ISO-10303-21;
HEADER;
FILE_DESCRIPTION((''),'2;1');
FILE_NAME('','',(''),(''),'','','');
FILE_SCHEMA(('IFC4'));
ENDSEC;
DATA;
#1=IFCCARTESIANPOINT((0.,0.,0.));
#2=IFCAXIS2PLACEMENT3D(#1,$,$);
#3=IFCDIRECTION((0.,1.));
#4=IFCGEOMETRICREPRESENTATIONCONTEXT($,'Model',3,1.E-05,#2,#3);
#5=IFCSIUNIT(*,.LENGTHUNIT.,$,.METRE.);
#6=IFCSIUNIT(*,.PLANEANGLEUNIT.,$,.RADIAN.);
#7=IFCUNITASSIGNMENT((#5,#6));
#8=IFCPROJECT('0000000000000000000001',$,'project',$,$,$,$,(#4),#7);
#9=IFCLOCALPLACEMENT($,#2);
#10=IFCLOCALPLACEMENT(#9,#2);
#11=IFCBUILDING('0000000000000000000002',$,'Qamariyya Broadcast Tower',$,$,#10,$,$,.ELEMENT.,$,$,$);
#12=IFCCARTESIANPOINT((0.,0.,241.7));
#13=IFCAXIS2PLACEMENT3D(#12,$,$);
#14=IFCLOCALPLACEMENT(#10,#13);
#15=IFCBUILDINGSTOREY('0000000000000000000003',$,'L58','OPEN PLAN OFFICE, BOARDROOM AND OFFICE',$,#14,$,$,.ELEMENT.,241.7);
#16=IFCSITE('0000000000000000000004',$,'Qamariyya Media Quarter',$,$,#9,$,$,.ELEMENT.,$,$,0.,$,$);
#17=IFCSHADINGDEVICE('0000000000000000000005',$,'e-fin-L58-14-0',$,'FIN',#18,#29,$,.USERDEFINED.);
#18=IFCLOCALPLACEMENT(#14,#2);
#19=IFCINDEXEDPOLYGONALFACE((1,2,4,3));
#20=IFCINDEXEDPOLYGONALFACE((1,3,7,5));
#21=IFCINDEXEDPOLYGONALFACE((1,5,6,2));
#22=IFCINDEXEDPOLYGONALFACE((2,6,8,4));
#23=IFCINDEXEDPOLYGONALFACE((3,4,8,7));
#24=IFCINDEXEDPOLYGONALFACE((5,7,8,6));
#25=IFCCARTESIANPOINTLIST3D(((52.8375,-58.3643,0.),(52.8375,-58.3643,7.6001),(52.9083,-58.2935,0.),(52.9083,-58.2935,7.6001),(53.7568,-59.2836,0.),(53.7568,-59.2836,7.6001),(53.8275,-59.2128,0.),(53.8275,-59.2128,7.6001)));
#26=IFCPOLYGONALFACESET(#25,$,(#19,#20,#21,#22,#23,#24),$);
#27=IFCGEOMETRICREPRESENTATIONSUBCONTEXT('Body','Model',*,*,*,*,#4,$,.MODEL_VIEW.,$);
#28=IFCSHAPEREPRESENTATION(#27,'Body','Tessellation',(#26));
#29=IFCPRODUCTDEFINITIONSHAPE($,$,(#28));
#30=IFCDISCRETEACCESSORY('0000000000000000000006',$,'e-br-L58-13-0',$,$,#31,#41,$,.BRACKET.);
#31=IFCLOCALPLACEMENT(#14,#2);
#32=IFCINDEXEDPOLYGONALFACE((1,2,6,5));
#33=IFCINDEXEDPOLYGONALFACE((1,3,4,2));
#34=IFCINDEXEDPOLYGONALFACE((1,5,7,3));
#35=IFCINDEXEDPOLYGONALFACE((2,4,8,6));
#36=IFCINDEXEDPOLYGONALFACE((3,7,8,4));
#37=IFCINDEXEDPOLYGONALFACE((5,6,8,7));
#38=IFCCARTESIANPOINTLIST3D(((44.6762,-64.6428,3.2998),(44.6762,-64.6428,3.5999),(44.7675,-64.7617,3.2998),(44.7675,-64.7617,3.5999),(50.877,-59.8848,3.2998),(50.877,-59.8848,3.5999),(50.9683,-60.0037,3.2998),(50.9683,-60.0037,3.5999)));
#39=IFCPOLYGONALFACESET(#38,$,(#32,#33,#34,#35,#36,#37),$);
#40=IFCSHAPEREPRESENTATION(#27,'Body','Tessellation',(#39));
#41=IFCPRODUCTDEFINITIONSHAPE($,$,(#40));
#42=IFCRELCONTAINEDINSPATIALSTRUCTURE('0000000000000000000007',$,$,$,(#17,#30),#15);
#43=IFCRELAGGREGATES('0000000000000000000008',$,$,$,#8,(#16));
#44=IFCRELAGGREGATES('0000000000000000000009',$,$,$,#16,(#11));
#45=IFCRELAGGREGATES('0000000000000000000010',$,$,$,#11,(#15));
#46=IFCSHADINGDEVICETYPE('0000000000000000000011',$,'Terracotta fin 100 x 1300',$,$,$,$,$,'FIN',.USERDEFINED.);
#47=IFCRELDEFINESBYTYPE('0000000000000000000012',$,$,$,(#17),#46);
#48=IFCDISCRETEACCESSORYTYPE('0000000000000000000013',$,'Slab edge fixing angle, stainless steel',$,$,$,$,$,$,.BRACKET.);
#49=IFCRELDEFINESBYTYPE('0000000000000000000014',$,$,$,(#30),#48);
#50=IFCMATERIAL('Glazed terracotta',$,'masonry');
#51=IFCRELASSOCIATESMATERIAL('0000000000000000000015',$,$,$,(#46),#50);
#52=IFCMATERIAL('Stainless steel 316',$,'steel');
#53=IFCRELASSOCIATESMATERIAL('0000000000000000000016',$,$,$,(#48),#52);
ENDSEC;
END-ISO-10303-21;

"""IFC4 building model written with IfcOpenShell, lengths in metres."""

from ifc_helpers import new_model, si_unit, direction, frame, origin, origin_2d, place, context, subcontext, project, spatial, rectangle, extrude, material, material_profile, profile_set, type_object, element, save


model = new_model("IFC4")

# Units and contexts
model_context = context("Model", 3, precision=1e-05, world=origin(), true_north=direction((0.0, 1.0)))
body_context = subcontext(model_context, "Body", "Model", "MODEL_VIEW")
ifc_project = project(units=[si_unit("LENGTHUNIT", "METRE"), si_unit("PLANEANGLEUNIT", "RADIAN")], contexts=[model_context])

# Site, building, storey
site_placement = place(None, origin())
site = spatial("IfcSite", under=ifc_project, at=site_placement, Name="Qamariyya Media Quarter", CompositionType="ELEMENT", RefElevation=0.0)
building_placement = place(site_placement, origin())
building = spatial("IfcBuilding", under=site, at=building_placement, Name="Qamariyya Broadcast Tower", CompositionType="ELEMENT")
storey_placement = place(building_placement, frame((0.0, 0.0, 241.7)))
storey = spatial("IfcBuildingStorey", under=building, at=storey_placement, Name="L58", Description="OPEN PLAN OFFICE, BOARDROOM AND OFFICE", CompositionType="ELEMENT", Elevation=241.7)

# Shading device
ifc_material_1 = material(Name="Glazed terracotta", Category="masonry")
ifc_material_profile_1 = material_profile(ifc_material_1, rectangle(XDim=1.3, YDim=0.1001, at=origin_2d()))
ifc_profile_set_1 = profile_set([ifc_material_profile_1], Name="Glazed terracotta")
shading_device_type_1 = type_object("IfcShadingDeviceType", Name="Terracotta fin 100 x 1300", ElementType="FIN", PredefinedType="USERDEFINED", material=ifc_profile_set_1)
for number, where, z_axis, x_axis, name in (
    (1, (53.3325, -58.7886, 0.0), (0.0, 0.0, 1.0), (0.707107, -0.707107, 0.0), "e-fin-L58-14-0"),
):
    element("IfcShadingDevice", number, at=place(storey_placement, frame(where, z_axis=z_axis, x_axis=x_axis)), inside=storey, type_object=shading_device_type_1, Name=name, ObjectType="FIN", PredefinedType="USERDEFINED", context=body_context, shape_type="SweptSolid", body=[
        extrude(rectangle(XDim=1.3, YDim=0.1001, at=origin_2d()), origin(), (0.0, 0.0, 1.0), 7.6001),
    ])

# Discrete accessory
ifc_material_2 = material(Name="Stainless steel 316", Category="steel")
discrete_accessory_type = type_object("IfcDiscreteAccessoryType", Name="Slab edge fixing angle, stainless steel", PredefinedType="BRACKET", material=ifc_material_2)
discrete_accessory_placement = place(storey_placement, frame((47.8223, -62.3232, 3.2998), z_axis=(0.0, 0.0, 1.0), x_axis=(0.793353, 0.608761, 0.0)))
element("IfcDiscreteAccessory", 2, at=discrete_accessory_placement, inside=storey, type_object=discrete_accessory_type, Name="e-br-L58-13-0", PredefinedType="BRACKET", context=body_context, shape_type="SweptSolid", body=[
    extrude(rectangle(XDim=7.8159, YDim=0.1499, at=origin_2d()), origin(), (0.0, 0.0, 1.0), 0.3),
])

save(model, "model.ifc")
